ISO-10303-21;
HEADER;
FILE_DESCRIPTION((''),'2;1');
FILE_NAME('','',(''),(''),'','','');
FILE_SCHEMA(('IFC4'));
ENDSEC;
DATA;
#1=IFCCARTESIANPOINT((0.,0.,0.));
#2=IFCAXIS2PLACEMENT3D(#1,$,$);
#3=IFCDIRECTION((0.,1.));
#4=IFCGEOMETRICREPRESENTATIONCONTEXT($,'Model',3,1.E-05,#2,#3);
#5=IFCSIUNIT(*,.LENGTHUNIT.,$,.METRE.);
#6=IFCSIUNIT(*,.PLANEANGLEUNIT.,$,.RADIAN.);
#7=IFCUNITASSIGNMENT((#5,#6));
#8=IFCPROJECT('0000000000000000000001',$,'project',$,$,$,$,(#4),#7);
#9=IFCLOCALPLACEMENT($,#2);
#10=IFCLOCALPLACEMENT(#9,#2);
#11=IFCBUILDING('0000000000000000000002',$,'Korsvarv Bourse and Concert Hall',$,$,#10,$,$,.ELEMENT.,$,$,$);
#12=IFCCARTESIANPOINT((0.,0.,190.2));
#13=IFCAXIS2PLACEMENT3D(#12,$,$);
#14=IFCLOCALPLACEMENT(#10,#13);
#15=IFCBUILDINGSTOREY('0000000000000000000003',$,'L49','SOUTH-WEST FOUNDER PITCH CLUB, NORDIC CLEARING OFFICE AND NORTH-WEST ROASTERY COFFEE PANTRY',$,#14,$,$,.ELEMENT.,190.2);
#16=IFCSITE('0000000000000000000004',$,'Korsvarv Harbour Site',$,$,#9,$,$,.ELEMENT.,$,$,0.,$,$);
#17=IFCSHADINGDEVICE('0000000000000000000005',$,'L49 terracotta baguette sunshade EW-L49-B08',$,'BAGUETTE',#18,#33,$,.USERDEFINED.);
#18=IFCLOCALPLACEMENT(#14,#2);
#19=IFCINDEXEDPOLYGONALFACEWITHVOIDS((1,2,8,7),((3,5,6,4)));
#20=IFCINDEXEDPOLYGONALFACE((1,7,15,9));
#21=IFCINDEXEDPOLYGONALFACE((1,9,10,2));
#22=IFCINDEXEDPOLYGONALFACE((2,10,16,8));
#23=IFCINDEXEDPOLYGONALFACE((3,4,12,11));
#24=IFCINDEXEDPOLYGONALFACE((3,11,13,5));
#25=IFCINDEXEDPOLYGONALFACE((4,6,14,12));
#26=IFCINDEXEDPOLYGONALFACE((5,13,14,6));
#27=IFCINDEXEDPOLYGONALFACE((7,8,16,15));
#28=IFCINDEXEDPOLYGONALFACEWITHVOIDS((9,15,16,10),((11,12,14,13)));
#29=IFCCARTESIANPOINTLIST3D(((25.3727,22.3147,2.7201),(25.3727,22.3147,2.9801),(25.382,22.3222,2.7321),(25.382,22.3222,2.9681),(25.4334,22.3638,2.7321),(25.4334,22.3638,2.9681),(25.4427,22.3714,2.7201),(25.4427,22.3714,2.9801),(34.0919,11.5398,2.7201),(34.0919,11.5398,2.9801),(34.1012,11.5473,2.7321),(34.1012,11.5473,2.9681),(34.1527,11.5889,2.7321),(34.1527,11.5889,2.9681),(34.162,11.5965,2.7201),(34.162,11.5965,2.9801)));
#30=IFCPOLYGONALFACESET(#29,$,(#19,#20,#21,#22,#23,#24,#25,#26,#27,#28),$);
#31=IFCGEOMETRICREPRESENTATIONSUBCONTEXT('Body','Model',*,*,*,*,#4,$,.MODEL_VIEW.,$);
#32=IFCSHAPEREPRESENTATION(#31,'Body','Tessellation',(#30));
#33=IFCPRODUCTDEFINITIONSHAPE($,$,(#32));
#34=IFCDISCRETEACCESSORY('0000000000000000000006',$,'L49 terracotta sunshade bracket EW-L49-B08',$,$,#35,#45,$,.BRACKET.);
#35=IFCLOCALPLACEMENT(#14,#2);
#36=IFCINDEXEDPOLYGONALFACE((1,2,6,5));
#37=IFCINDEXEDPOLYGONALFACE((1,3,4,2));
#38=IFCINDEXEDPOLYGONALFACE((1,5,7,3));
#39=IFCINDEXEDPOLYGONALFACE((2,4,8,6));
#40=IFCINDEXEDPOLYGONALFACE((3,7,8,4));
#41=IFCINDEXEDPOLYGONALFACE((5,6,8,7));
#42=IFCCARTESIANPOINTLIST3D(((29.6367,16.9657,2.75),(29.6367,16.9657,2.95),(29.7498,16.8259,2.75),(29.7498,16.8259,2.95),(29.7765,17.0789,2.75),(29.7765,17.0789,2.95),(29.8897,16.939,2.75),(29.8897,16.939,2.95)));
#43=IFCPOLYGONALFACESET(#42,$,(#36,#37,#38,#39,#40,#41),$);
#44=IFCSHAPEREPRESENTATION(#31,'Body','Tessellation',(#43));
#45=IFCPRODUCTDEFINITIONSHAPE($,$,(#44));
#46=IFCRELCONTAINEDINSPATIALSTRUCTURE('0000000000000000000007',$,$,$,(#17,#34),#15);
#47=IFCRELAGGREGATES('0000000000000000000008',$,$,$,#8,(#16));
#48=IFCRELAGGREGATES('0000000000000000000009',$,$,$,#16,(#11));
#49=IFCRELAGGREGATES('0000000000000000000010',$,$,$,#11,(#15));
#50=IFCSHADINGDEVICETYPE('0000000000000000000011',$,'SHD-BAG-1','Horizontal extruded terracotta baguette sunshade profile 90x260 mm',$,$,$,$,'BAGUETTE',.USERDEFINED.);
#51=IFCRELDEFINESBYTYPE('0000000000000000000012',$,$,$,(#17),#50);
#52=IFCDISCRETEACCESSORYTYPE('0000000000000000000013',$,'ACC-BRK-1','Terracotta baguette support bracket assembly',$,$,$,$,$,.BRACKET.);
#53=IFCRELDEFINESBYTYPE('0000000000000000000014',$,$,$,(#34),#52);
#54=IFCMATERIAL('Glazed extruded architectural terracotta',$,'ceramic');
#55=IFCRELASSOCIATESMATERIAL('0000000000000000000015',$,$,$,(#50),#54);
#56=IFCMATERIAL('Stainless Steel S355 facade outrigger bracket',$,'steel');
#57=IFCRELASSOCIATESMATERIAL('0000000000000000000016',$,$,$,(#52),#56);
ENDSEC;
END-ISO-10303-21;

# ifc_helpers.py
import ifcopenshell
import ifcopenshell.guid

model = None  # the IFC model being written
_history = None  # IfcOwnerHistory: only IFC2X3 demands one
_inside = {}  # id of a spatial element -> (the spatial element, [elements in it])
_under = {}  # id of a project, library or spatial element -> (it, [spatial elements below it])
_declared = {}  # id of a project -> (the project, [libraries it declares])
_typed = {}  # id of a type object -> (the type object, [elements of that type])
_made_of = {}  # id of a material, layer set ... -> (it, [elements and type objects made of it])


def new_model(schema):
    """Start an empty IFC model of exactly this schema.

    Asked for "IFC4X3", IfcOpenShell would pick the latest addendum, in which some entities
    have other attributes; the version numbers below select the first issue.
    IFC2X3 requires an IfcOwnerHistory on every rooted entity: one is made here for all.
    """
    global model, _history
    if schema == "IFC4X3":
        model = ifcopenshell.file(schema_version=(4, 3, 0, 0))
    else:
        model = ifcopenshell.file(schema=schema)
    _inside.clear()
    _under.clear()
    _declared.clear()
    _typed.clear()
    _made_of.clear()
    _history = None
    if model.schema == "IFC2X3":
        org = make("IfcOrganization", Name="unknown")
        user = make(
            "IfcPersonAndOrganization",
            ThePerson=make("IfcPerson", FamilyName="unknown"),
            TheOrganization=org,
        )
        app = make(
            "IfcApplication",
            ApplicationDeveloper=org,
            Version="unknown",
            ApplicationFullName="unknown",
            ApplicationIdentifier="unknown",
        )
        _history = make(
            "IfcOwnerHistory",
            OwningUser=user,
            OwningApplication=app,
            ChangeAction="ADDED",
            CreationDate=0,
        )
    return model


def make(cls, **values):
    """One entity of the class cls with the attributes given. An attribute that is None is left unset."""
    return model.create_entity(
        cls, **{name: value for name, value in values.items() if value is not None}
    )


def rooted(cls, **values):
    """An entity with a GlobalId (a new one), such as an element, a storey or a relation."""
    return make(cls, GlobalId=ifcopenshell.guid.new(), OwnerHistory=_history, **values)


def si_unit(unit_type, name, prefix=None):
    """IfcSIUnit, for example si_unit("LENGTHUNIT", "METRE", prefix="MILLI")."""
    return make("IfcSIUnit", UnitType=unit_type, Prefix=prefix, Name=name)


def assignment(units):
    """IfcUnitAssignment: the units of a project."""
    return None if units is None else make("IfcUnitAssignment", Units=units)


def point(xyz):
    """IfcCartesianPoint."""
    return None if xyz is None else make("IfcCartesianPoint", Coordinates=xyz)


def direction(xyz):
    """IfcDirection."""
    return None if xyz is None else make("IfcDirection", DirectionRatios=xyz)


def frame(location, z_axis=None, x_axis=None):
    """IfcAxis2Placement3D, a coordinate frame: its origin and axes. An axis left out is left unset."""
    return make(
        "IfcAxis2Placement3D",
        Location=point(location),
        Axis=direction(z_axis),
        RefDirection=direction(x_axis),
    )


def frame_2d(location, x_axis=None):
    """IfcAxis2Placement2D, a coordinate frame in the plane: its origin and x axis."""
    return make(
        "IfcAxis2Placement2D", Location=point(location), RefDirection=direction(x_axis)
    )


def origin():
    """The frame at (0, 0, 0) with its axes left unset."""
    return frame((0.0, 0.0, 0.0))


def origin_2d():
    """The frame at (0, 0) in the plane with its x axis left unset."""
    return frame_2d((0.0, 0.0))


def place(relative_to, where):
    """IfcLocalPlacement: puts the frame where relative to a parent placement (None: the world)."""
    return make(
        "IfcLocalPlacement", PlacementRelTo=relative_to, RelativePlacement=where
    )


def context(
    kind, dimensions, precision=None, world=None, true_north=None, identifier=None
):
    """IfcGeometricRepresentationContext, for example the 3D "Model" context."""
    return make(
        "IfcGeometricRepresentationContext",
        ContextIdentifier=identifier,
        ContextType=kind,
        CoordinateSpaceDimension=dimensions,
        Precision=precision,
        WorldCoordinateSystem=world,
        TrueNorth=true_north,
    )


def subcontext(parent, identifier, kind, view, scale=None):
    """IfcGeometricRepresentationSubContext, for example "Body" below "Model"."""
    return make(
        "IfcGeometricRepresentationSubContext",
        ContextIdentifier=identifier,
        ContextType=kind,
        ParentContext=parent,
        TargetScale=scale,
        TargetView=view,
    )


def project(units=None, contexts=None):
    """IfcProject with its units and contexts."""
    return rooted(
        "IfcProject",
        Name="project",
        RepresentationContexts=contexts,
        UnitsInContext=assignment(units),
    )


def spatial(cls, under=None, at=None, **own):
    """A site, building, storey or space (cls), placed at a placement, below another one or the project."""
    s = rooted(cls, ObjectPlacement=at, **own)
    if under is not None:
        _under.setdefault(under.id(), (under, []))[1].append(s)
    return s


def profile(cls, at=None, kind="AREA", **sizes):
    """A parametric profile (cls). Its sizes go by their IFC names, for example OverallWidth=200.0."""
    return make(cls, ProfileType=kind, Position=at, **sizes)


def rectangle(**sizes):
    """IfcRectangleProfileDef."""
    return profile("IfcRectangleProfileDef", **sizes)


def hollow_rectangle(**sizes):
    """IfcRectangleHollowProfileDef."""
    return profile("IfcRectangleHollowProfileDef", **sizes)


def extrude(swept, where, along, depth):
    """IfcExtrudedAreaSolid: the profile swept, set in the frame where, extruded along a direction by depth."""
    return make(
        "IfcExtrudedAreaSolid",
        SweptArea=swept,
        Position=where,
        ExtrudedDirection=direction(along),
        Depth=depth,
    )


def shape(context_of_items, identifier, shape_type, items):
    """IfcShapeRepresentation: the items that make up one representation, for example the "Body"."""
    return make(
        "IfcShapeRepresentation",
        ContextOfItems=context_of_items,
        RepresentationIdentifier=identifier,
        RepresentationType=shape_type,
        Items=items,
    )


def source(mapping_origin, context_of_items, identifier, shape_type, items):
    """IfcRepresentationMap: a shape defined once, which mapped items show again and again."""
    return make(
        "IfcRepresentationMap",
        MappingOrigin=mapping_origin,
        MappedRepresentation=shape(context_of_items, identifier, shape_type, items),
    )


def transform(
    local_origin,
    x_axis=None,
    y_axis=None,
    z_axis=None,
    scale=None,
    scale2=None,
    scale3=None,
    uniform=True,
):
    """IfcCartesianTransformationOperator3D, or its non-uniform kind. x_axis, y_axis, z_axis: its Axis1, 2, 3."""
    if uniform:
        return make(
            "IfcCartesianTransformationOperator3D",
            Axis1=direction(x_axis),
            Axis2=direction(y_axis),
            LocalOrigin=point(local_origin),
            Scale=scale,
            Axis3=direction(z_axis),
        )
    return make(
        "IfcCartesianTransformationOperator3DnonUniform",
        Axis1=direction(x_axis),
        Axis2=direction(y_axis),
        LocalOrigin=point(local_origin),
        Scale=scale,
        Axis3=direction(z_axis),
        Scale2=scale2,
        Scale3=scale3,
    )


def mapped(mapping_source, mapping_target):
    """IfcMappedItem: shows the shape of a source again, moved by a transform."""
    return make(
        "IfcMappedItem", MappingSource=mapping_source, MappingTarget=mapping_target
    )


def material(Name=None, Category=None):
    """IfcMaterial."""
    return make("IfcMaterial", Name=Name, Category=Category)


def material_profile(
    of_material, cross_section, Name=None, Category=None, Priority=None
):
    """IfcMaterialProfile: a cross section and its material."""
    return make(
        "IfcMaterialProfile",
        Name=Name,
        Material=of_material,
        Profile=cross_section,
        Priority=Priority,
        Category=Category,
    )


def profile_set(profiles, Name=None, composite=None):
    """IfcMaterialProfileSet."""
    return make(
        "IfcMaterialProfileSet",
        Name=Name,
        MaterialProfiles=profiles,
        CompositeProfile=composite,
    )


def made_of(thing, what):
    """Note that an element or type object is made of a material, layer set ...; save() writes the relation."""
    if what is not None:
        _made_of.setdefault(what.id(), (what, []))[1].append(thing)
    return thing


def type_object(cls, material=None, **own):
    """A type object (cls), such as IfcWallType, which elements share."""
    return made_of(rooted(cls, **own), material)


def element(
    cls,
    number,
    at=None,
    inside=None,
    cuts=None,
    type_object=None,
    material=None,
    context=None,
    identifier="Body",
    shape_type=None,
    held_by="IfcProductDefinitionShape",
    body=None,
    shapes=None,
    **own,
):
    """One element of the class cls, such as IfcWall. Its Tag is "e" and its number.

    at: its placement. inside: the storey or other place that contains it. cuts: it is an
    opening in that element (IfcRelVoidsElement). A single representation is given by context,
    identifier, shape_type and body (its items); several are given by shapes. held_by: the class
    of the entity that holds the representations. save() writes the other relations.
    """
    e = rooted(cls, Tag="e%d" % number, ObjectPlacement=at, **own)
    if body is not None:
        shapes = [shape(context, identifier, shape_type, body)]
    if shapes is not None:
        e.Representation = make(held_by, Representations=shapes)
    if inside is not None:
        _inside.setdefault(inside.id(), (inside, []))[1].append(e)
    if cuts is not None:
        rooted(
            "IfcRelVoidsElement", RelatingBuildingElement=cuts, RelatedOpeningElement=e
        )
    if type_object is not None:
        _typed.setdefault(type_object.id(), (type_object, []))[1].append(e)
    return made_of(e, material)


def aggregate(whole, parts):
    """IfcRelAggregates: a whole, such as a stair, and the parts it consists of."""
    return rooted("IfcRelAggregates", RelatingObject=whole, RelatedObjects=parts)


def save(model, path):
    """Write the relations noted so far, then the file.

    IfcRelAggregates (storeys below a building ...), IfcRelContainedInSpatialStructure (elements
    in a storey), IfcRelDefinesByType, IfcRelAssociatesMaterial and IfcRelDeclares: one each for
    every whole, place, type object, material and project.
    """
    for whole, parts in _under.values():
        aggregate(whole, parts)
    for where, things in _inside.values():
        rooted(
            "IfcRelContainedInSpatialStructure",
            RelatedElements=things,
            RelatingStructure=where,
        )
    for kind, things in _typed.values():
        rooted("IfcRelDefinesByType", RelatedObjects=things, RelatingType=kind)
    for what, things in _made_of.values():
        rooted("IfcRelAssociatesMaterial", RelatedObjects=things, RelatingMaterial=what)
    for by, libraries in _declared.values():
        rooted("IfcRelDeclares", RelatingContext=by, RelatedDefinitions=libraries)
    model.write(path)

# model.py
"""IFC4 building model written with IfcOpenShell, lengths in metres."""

from ifc_helpers import new_model, si_unit, direction, frame, origin, origin_2d, place, context, subcontext, project, spatial, rectangle, hollow_rectangle, extrude, source, transform, mapped, material, material_profile, profile_set, type_object, element, save


model = new_model("IFC4")

# Units and contexts
model_context = context("Model", 3, precision=1e-05, world=origin(), true_north=direction((0.0, 1.0)))
body_context = subcontext(model_context, "Body", "Model", "MODEL_VIEW")
ifc_project = project(units=[si_unit("LENGTHUNIT", "METRE"), si_unit("PLANEANGLEUNIT", "RADIAN")], contexts=[model_context])

# Site, building, storey
site_placement = place(None, origin())
site = spatial("IfcSite", under=ifc_project, at=site_placement, Name="Korsvarv Harbour Site", CompositionType="ELEMENT", RefElevation=0.0)
building_placement = place(site_placement, origin())
building = spatial("IfcBuilding", under=site, at=building_placement, Name="Korsvarv Bourse and Concert Hall", CompositionType="ELEMENT")
storey_placement = place(building_placement, frame((0.0, 0.0, 190.2)))
storey = spatial("IfcBuildingStorey", under=building, at=storey_placement, Name="L49", Description="SOUTH-WEST FOUNDER PITCH CLUB, NORDIC CLEARING OFFICE AND NORTH-WEST ROASTERY COFFEE PANTRY", CompositionType="ELEMENT", Elevation=190.2)

# Shading device
ifc_material_1 = material(Name="Glazed extruded architectural terracotta", Category="ceramic")
ifc_material_profile_1 = material_profile(ifc_material_1, hollow_rectangle(XDim=0.0901, YDim=0.26, WallThickness=0.012, at=origin_2d()), Name="TC-BAG 90x260")
ifc_profile_set_1 = profile_set([ifc_material_profile_1], Name="Glazed extruded architectural terracotta")
shading_device_type = type_object("IfcShadingDeviceType", Name="SHD-BAG-1", Description="Horizontal extruded terracotta baguette sunshade profile 90x260 mm", ElementType="BAGUETTE", PredefinedType="USERDEFINED", material=ifc_profile_set_1)
shared_shape_1 = source(origin(), body_context, "Body", "SweptSolid", [
    extrude(hollow_rectangle(XDim=0.0901, YDim=0.26, WallThickness=0.012, at=origin_2d()), origin(), (0.0, 0.0, 1.0), 13.8608),
])
shading_device_placement = place(storey_placement, frame((25.4077, 22.343, 2.8501), z_axis=(0.629054, -0.777361, 0.0), x_axis=(0.777361, 0.629054, 0.0)))
element("IfcShadingDevice", 1, at=shading_device_placement, inside=storey, type_object=shading_device_type, Name="L49 terracotta baguette sunshade EW-L49-B08", ObjectType="BAGUETTE", PredefinedType="USERDEFINED", context=body_context, shape_type="MappedRepresentation", body=[
    mapped(shared_shape_1, transform((0.0, 0.0, 0.0), scale=1.0)),
])

# Discrete accessory
ifc_material_2 = material(Name="Stainless Steel S355 facade outrigger bracket", Category="steel")
discrete_accessory_type = type_object("IfcDiscreteAccessoryType", Name="ACC-BRK-1", Description="Terracotta baguette support bracket assembly", PredefinedType="BRACKET", material=ifc_material_2)
shared_shape_2 = source(origin(), body_context, "Body", "SweptSolid", [
    extrude(rectangle(XDim=0.1799, YDim=0.1799, at=origin_2d()), origin(), (0.0, 0.0, 1.0), 0.2),
])
discrete_accessory_placement = place(storey_placement, frame((29.7632, 16.9524, 2.75), z_axis=(0.0, 0.0, 1.0), x_axis=(0.629049, -0.777366, 0.0)))
element("IfcDiscreteAccessory", 2, at=discrete_accessory_placement, inside=storey, type_object=discrete_accessory_type, Name="L49 terracotta sunshade bracket EW-L49-B08", PredefinedType="BRACKET", context=body_context, shape_type="MappedRepresentation", body=[
    mapped(shared_shape_2, transform((0.0, 0.0, 0.0), scale=1.0)),
])

save(model, "model.ifc")
